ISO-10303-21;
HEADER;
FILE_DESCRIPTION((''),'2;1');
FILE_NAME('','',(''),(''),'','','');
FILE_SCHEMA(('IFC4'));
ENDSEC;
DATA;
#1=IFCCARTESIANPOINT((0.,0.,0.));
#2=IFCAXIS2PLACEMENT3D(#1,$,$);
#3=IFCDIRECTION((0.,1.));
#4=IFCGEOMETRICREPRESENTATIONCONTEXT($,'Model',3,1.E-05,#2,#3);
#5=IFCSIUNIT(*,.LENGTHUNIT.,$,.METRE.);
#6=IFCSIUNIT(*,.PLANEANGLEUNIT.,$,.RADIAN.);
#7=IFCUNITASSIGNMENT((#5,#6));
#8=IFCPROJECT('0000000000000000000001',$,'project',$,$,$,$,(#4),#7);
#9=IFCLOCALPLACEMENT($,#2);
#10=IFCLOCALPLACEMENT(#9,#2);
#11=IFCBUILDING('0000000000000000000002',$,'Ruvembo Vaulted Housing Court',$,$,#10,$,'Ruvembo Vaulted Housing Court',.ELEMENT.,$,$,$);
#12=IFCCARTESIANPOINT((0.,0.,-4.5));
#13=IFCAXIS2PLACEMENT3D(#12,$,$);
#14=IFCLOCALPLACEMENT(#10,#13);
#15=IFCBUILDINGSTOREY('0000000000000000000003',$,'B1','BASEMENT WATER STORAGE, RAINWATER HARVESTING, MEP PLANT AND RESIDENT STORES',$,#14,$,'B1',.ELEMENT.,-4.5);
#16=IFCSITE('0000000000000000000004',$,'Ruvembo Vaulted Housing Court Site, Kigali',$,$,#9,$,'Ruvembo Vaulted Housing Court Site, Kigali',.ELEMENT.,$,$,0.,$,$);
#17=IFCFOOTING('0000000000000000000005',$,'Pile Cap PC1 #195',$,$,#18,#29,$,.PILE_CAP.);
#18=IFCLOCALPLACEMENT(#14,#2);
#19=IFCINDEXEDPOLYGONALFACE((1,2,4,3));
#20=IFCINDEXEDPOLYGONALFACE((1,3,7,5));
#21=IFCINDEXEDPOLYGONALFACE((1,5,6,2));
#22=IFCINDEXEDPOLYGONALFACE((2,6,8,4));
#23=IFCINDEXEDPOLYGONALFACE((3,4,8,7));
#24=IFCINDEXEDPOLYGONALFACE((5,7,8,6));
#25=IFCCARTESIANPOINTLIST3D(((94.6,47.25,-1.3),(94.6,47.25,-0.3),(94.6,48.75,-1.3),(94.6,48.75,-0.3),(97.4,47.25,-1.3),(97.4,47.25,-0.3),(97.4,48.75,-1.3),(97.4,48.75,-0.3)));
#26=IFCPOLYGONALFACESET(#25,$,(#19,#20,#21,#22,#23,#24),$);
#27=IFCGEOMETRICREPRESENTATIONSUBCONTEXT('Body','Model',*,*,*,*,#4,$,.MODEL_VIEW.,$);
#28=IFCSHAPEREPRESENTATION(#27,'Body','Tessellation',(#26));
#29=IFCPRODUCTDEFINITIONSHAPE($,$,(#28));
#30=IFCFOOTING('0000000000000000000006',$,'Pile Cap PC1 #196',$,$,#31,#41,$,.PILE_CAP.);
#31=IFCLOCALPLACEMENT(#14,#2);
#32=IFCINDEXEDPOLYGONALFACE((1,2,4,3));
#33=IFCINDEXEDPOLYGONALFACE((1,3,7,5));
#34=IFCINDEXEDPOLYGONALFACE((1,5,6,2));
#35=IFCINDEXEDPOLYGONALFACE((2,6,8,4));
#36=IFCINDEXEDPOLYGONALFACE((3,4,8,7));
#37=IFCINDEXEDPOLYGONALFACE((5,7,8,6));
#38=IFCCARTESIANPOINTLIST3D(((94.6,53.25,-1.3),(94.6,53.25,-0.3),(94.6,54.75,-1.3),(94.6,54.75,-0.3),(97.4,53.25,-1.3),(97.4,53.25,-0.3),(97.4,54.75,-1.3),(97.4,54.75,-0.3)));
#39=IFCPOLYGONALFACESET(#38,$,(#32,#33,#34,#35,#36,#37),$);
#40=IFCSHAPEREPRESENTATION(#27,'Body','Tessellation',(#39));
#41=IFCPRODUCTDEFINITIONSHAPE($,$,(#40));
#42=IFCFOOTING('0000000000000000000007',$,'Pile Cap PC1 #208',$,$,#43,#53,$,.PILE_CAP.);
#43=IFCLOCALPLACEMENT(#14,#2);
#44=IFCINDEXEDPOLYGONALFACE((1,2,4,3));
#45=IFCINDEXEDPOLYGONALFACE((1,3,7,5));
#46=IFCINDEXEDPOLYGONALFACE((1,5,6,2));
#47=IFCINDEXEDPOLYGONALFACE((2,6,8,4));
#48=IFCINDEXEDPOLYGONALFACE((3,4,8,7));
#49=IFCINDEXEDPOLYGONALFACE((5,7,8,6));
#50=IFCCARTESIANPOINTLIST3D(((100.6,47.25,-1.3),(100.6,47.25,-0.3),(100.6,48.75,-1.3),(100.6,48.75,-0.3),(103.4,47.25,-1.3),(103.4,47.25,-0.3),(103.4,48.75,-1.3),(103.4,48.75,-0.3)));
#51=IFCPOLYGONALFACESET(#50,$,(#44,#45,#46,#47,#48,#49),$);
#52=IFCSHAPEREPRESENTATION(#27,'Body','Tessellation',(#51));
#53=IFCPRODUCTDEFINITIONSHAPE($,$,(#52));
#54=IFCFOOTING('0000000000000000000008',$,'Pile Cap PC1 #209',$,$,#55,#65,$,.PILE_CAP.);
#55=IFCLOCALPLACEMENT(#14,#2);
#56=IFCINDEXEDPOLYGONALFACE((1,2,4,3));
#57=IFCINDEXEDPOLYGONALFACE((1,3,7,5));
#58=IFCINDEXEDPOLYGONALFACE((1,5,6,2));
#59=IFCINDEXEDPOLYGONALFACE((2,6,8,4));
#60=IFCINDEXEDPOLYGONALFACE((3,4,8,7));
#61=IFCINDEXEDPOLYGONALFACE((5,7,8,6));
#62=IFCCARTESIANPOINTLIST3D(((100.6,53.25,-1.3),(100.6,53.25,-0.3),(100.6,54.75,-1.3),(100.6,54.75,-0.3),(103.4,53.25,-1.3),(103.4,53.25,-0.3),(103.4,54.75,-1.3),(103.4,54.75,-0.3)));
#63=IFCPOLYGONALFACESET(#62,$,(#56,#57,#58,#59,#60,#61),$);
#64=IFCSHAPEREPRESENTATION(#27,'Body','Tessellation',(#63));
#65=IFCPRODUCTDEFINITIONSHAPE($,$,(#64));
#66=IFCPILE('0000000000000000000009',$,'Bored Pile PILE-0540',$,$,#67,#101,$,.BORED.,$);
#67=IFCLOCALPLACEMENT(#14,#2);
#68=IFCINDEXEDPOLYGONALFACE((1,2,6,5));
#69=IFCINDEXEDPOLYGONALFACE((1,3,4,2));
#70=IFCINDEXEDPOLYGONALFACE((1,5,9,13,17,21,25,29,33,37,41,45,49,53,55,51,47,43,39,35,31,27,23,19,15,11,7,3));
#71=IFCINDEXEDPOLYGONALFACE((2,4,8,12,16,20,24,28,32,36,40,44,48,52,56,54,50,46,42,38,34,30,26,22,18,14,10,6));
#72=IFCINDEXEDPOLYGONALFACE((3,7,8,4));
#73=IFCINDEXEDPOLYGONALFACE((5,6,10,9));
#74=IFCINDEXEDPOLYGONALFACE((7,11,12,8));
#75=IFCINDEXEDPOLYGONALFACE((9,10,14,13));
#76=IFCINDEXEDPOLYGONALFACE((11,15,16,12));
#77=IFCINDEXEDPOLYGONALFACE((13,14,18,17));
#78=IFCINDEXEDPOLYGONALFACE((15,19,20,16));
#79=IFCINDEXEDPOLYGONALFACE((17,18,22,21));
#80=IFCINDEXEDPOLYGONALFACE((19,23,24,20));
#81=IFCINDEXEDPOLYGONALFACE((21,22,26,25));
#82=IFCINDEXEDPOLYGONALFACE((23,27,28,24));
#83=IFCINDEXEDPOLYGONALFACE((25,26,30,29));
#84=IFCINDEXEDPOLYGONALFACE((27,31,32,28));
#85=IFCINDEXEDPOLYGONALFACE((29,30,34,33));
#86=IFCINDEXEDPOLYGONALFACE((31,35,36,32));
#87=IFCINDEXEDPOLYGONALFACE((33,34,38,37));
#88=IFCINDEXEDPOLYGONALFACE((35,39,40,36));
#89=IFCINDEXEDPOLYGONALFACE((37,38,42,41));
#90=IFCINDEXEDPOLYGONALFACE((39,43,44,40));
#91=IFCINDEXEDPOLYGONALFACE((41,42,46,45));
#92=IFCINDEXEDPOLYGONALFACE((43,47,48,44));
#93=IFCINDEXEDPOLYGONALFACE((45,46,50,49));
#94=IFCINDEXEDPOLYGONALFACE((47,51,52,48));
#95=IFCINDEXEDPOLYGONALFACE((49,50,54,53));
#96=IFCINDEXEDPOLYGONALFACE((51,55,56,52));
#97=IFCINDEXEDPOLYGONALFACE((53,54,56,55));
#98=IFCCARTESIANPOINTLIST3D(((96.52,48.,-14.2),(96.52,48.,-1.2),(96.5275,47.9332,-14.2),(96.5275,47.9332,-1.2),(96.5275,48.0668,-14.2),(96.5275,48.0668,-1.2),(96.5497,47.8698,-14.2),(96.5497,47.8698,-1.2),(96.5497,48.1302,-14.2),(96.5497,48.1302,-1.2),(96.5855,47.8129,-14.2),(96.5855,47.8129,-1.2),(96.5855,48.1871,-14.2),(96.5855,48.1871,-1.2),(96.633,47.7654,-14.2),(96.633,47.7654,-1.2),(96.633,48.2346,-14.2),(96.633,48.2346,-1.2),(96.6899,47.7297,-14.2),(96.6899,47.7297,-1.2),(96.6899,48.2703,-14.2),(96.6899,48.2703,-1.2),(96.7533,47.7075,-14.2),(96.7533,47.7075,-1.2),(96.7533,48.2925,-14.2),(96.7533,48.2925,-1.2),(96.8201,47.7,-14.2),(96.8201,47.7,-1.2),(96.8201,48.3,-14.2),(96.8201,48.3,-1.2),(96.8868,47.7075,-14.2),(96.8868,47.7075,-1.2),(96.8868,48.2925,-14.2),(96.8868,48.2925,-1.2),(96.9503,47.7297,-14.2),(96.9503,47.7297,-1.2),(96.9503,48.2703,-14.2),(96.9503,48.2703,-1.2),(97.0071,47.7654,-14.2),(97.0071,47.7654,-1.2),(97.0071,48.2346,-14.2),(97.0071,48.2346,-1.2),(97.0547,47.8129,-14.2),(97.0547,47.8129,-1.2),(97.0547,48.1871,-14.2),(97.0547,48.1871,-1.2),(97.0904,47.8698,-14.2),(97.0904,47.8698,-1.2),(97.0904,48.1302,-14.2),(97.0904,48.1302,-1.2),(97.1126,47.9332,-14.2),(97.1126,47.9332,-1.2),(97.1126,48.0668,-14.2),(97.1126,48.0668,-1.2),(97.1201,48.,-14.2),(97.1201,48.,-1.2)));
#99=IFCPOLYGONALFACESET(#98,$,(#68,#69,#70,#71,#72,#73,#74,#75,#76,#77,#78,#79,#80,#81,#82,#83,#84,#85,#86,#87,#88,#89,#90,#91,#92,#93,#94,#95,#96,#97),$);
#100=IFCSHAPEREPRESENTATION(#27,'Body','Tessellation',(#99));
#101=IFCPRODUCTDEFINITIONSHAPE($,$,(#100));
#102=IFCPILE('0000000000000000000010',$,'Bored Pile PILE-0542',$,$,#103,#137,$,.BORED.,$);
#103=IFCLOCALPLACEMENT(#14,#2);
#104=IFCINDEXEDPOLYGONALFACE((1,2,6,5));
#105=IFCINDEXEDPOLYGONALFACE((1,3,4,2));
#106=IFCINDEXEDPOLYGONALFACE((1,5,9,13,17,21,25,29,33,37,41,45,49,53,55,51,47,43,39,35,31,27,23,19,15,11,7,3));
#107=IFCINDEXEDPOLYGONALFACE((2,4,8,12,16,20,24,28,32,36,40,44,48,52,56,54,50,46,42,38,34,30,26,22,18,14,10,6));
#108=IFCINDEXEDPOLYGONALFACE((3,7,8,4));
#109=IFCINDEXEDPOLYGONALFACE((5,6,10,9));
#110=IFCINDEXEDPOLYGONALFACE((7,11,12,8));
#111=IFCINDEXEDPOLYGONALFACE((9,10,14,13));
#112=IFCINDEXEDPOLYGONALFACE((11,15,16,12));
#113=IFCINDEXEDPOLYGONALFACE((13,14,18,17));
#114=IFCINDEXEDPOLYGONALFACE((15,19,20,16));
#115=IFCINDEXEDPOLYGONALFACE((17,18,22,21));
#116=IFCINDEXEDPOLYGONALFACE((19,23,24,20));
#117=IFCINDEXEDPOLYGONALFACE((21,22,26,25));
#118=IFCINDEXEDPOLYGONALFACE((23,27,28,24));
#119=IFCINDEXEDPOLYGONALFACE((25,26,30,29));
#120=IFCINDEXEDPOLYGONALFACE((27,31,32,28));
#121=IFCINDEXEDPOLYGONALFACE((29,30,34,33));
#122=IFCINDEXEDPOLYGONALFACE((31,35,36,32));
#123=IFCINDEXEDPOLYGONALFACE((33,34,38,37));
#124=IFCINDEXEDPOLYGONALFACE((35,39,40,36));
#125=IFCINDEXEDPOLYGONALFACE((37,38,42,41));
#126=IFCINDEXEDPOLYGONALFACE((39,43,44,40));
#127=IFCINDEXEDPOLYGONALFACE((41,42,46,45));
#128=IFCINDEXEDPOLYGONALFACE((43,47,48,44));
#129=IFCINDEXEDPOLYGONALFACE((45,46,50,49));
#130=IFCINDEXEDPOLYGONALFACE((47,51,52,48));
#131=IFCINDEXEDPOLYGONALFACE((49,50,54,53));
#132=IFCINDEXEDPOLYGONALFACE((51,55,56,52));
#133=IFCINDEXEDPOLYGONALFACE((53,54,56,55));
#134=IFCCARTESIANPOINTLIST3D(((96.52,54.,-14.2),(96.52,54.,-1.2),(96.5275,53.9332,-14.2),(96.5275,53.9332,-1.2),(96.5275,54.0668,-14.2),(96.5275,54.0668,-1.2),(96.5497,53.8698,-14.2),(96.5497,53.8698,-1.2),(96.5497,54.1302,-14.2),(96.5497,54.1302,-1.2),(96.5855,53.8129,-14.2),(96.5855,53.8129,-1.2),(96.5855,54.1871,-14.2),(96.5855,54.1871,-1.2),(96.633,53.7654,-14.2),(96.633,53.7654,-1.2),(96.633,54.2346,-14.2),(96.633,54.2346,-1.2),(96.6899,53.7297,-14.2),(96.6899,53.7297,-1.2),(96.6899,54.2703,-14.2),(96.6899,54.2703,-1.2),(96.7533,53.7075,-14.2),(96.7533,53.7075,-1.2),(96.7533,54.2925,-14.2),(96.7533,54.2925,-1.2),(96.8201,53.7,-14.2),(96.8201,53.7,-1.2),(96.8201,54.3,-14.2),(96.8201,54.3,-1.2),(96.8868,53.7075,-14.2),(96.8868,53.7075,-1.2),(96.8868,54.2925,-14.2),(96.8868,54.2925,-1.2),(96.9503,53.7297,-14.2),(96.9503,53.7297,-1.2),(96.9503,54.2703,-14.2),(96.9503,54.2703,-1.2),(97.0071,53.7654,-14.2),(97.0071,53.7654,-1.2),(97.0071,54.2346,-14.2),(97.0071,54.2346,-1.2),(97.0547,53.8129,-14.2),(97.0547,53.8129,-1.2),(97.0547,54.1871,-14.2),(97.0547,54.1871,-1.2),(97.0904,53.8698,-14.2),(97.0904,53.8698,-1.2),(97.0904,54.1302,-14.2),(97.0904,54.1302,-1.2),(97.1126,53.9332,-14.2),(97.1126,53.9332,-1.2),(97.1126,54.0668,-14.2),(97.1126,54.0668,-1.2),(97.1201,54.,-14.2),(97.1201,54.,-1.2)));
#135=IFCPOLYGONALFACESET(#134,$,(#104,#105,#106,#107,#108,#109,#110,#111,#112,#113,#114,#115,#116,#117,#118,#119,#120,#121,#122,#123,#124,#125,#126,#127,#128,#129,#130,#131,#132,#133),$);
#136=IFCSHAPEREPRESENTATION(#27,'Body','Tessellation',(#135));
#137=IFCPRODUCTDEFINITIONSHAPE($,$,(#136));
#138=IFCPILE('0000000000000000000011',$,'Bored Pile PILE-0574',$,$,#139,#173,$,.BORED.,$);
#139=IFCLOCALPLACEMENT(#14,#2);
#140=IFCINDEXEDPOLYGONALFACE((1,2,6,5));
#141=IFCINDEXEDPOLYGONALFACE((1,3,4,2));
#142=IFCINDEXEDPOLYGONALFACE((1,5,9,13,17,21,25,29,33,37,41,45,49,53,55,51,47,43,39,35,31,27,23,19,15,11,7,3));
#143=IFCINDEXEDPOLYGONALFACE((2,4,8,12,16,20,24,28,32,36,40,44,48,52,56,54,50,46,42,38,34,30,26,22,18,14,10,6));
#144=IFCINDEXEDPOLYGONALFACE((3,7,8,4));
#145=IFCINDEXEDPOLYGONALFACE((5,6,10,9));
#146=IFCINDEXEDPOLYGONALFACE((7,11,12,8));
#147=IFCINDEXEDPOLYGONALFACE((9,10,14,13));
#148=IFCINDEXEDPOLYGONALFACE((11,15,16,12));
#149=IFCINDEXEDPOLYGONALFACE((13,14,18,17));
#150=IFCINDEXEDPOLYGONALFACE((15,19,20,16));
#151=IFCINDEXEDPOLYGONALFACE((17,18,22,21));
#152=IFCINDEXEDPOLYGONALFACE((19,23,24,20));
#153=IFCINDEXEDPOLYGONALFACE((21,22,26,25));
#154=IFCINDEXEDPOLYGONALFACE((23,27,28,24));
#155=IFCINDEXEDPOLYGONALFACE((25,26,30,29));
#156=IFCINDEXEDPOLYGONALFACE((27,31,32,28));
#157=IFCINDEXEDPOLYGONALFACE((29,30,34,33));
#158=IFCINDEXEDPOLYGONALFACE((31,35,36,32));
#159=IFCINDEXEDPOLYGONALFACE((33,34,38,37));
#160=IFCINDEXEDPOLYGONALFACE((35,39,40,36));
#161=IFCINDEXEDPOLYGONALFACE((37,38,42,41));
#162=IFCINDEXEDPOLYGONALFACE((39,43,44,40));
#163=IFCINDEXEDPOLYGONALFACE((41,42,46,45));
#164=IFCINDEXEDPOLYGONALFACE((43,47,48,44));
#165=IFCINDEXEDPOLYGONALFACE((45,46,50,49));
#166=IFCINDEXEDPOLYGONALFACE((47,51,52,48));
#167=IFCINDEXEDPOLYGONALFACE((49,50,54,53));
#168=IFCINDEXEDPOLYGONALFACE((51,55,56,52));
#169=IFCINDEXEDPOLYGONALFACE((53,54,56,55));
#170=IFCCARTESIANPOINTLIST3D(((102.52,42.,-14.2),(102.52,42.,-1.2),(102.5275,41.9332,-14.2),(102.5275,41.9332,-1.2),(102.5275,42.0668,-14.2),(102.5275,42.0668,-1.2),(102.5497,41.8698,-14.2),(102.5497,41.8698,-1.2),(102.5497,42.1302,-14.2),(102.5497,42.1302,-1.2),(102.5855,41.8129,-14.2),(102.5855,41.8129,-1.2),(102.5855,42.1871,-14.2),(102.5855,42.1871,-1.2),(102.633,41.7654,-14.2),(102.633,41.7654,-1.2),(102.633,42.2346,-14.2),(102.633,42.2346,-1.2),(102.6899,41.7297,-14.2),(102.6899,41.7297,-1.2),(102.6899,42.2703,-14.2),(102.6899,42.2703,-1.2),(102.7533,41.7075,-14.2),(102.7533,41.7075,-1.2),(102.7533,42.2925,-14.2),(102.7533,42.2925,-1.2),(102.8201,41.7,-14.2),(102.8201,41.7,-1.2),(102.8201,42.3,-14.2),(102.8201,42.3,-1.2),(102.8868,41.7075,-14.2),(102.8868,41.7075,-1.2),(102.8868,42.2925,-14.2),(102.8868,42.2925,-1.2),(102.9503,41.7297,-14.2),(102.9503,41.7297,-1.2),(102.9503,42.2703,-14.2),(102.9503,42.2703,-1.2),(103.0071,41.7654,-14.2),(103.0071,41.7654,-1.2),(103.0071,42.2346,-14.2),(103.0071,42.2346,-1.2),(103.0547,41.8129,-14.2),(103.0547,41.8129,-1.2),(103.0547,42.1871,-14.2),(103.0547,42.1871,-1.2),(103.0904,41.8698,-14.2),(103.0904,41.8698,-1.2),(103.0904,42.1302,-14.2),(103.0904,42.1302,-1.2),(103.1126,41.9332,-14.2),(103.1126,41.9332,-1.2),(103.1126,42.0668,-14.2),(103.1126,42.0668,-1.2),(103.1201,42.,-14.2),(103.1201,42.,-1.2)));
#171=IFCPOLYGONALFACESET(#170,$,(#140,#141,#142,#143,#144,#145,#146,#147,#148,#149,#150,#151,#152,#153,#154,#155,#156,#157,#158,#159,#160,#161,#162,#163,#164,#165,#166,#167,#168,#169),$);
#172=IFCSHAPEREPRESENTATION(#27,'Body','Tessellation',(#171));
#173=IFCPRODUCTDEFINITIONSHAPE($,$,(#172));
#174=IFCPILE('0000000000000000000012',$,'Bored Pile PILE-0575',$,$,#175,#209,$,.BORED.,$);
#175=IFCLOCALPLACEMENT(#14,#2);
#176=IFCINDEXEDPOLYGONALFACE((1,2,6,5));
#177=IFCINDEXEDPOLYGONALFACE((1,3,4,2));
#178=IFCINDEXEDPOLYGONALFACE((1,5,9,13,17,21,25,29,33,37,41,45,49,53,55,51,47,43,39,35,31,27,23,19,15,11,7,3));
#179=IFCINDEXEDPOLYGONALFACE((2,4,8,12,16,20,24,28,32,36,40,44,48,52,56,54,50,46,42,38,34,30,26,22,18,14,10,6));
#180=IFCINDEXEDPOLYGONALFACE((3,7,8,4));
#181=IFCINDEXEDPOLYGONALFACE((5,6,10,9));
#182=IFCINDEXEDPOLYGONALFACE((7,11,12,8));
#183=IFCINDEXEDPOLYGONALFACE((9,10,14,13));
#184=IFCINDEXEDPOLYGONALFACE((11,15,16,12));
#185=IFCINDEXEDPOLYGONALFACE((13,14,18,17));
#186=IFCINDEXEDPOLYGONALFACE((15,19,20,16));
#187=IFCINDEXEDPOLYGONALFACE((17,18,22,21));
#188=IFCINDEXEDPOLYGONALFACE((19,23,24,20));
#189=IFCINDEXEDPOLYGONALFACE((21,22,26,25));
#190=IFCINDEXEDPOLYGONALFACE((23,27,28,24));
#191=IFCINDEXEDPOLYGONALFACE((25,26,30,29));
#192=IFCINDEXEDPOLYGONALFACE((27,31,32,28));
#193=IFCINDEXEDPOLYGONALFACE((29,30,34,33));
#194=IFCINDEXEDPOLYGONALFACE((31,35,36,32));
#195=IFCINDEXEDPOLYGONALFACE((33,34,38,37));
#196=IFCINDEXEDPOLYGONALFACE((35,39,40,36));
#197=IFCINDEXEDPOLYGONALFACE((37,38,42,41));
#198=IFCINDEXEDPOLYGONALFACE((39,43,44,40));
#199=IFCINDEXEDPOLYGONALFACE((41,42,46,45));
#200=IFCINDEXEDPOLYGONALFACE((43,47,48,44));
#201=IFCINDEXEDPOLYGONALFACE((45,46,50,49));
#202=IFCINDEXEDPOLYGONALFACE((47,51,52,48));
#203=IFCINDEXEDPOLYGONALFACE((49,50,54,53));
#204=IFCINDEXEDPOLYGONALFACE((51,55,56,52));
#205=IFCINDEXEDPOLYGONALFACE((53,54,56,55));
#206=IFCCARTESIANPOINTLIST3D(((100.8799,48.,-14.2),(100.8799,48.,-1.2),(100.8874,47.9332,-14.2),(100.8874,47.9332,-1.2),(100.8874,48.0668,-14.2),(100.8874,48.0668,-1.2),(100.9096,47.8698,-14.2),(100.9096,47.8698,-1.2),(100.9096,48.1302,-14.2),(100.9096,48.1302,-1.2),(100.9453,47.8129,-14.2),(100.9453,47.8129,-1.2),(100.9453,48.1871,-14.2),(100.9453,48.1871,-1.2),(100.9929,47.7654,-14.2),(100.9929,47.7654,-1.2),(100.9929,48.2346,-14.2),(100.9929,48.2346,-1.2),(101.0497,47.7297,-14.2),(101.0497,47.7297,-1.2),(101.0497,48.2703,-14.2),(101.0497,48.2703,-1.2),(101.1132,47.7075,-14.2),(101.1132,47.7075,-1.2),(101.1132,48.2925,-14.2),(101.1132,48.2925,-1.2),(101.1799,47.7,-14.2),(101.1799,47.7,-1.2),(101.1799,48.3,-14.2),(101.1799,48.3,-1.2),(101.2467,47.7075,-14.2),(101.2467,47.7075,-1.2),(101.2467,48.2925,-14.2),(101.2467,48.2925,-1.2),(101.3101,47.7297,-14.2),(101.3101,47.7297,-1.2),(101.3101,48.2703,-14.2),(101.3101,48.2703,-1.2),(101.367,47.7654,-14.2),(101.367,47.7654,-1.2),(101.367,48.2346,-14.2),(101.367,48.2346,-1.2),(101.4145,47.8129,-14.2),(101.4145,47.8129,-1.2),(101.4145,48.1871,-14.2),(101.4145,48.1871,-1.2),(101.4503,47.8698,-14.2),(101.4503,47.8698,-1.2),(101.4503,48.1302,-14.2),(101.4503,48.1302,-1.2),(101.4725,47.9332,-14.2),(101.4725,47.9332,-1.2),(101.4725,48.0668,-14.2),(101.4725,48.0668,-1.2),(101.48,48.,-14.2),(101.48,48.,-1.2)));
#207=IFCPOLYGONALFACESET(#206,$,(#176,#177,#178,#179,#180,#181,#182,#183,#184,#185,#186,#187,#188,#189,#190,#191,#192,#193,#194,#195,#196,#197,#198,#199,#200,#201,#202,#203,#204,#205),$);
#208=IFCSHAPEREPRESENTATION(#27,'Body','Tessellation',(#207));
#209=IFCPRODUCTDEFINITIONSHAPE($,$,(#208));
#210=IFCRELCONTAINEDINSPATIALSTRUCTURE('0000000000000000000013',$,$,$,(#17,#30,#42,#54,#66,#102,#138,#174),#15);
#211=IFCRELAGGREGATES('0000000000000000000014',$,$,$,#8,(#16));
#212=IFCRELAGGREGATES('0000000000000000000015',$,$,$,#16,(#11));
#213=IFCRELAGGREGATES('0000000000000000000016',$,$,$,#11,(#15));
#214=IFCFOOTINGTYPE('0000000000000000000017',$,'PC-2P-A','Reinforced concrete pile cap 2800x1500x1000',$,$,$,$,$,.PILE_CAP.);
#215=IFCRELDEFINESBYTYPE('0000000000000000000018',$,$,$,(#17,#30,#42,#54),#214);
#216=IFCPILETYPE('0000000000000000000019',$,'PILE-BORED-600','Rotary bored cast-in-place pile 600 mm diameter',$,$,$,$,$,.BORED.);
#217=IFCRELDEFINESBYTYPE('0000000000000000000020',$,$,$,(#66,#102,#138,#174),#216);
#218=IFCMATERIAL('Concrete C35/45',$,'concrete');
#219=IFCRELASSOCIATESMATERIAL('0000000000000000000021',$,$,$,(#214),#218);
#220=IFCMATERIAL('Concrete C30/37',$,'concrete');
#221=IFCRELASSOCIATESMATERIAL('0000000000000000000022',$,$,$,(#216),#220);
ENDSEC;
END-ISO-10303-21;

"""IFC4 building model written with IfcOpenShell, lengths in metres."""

from ifc_helpers import new_model, si_unit, direction, frame, origin, origin_2d, place, context, subcontext, project, spatial, rectangle, circle, extrude, material, material_profile, profile_set, type_object, element, save


model = new_model("IFC4")

# Units and contexts
model_context = context("Model", 3, precision=1e-05, world=origin(), true_north=direction((0.0, 1.0)))
body_context = subcontext(model_context, "Body", "Model", "MODEL_VIEW")
ifc_project = project(units=[si_unit("LENGTHUNIT", "METRE"), si_unit("PLANEANGLEUNIT", "RADIAN")], contexts=[model_context])

# Site, building, storey
site_placement = place(None, origin())
site = spatial("IfcSite", under=ifc_project, at=site_placement, Name="Ruvembo Vaulted Housing Court Site, Kigali", LongName="Ruvembo Vaulted Housing Court Site, Kigali", CompositionType="ELEMENT", RefElevation=0.0)
building_placement = place(site_placement, origin())
building = spatial("IfcBuilding", under=site, at=building_placement, Name="Ruvembo Vaulted Housing Court", LongName="Ruvembo Vaulted Housing Court", CompositionType="ELEMENT")
storey_placement = place(building_placement, frame((0.0, 0.0, -4.5)))
storey = spatial("IfcBuildingStorey", under=building, at=storey_placement, Name="B1", Description="BASEMENT WATER STORAGE, RAINWATER HARVESTING, MEP PLANT AND RESIDENT STORES", LongName="B1", CompositionType="ELEMENT", Elevation=-4.5)

# Footings
ifc_material_1 = material(Name="Concrete C35/45", Category="concrete")
footing_type = type_object("IfcFootingType", Name="PC-2P-A", Description="Reinforced concrete pile cap 2800x1500x1000", PredefinedType="PILE_CAP", material=ifc_material_1)
for number, where, z_axis, x_axis, name in (
    (1, (96.0, 48.0, -1.3), (0.0, 0.0, 1.0), (1.0, 0.0, 0.0), "Pile Cap PC1 #195"),
    (2, (96.0, 54.0, -1.3), (0.0, 0.0, 1.0), (1.0, 0.0, 0.0), "Pile Cap PC1 #196"),
    (3, (102.0, 48.0, -1.3), (0.0, 0.0, 1.0), (1.0, 0.0, 0.0), "Pile Cap PC1 #208"),
    (4, (102.0, 54.0, -1.3), (0.0, 0.0, 1.0), (1.0, 0.0, 0.0), "Pile Cap PC1 #209"),
):
    element("IfcFooting", number, at=place(storey_placement, frame(where, z_axis=z_axis, x_axis=x_axis)), inside=storey, type_object=footing_type, Name=name, PredefinedType="PILE_CAP", context=body_context, shape_type="SweptSolid", body=[
        extrude(rectangle(XDim=2.8, YDim=1.5, at=origin_2d()), origin(), (0.0, 0.0, 1.0), 1.0),
    ])

# Piles
ifc_material_2 = material(Name="Concrete C30/37", Category="concrete")
ifc_material_profile_1 = material_profile(ifc_material_2, circle(Radius=0.3, at=origin_2d()), Name="PILE D600")
ifc_profile_set_1 = profile_set([ifc_material_profile_1], Name="Concrete C30/37")
pile_type = type_object("IfcPileType", Name="PILE-BORED-600", Description="Rotary bored cast-in-place pile 600 mm diameter", PredefinedType="BORED", material=ifc_profile_set_1)
for number, where, z_axis, x_axis, name in (
    (5, (96.8201, 48.0, -1.2), (0.0, 0.0, -1.0), (1.0, 0.0, 0.0), "Bored Pile PILE-0540"),
    (6, (96.8201, 54.0, -1.2), (0.0, 0.0, -1.0), (1.0, 0.0, 0.0), "Bored Pile PILE-0542"),
    (7, (102.8201, 42.0, -1.2), (0.0, 0.0, -1.0), (1.0, 0.0, 0.0), "Bored Pile PILE-0574"),
    (8, (101.1799, 48.0, -1.2), (0.0, 0.0, -1.0), (1.0, 0.0, 0.0), "Bored Pile PILE-0575"),
):
    element("IfcPile", number, at=place(storey_placement, frame(where, z_axis=z_axis, x_axis=x_axis)), inside=storey, type_object=pile_type, Name=name, PredefinedType="BORED", context=body_context, shape_type="SweptSolid", body=[
        extrude(circle(Radius=0.3, at=origin_2d()), origin(), (0.0, 0.0, 1.0), 13.0),
    ])

save(model, "model.ifc")
